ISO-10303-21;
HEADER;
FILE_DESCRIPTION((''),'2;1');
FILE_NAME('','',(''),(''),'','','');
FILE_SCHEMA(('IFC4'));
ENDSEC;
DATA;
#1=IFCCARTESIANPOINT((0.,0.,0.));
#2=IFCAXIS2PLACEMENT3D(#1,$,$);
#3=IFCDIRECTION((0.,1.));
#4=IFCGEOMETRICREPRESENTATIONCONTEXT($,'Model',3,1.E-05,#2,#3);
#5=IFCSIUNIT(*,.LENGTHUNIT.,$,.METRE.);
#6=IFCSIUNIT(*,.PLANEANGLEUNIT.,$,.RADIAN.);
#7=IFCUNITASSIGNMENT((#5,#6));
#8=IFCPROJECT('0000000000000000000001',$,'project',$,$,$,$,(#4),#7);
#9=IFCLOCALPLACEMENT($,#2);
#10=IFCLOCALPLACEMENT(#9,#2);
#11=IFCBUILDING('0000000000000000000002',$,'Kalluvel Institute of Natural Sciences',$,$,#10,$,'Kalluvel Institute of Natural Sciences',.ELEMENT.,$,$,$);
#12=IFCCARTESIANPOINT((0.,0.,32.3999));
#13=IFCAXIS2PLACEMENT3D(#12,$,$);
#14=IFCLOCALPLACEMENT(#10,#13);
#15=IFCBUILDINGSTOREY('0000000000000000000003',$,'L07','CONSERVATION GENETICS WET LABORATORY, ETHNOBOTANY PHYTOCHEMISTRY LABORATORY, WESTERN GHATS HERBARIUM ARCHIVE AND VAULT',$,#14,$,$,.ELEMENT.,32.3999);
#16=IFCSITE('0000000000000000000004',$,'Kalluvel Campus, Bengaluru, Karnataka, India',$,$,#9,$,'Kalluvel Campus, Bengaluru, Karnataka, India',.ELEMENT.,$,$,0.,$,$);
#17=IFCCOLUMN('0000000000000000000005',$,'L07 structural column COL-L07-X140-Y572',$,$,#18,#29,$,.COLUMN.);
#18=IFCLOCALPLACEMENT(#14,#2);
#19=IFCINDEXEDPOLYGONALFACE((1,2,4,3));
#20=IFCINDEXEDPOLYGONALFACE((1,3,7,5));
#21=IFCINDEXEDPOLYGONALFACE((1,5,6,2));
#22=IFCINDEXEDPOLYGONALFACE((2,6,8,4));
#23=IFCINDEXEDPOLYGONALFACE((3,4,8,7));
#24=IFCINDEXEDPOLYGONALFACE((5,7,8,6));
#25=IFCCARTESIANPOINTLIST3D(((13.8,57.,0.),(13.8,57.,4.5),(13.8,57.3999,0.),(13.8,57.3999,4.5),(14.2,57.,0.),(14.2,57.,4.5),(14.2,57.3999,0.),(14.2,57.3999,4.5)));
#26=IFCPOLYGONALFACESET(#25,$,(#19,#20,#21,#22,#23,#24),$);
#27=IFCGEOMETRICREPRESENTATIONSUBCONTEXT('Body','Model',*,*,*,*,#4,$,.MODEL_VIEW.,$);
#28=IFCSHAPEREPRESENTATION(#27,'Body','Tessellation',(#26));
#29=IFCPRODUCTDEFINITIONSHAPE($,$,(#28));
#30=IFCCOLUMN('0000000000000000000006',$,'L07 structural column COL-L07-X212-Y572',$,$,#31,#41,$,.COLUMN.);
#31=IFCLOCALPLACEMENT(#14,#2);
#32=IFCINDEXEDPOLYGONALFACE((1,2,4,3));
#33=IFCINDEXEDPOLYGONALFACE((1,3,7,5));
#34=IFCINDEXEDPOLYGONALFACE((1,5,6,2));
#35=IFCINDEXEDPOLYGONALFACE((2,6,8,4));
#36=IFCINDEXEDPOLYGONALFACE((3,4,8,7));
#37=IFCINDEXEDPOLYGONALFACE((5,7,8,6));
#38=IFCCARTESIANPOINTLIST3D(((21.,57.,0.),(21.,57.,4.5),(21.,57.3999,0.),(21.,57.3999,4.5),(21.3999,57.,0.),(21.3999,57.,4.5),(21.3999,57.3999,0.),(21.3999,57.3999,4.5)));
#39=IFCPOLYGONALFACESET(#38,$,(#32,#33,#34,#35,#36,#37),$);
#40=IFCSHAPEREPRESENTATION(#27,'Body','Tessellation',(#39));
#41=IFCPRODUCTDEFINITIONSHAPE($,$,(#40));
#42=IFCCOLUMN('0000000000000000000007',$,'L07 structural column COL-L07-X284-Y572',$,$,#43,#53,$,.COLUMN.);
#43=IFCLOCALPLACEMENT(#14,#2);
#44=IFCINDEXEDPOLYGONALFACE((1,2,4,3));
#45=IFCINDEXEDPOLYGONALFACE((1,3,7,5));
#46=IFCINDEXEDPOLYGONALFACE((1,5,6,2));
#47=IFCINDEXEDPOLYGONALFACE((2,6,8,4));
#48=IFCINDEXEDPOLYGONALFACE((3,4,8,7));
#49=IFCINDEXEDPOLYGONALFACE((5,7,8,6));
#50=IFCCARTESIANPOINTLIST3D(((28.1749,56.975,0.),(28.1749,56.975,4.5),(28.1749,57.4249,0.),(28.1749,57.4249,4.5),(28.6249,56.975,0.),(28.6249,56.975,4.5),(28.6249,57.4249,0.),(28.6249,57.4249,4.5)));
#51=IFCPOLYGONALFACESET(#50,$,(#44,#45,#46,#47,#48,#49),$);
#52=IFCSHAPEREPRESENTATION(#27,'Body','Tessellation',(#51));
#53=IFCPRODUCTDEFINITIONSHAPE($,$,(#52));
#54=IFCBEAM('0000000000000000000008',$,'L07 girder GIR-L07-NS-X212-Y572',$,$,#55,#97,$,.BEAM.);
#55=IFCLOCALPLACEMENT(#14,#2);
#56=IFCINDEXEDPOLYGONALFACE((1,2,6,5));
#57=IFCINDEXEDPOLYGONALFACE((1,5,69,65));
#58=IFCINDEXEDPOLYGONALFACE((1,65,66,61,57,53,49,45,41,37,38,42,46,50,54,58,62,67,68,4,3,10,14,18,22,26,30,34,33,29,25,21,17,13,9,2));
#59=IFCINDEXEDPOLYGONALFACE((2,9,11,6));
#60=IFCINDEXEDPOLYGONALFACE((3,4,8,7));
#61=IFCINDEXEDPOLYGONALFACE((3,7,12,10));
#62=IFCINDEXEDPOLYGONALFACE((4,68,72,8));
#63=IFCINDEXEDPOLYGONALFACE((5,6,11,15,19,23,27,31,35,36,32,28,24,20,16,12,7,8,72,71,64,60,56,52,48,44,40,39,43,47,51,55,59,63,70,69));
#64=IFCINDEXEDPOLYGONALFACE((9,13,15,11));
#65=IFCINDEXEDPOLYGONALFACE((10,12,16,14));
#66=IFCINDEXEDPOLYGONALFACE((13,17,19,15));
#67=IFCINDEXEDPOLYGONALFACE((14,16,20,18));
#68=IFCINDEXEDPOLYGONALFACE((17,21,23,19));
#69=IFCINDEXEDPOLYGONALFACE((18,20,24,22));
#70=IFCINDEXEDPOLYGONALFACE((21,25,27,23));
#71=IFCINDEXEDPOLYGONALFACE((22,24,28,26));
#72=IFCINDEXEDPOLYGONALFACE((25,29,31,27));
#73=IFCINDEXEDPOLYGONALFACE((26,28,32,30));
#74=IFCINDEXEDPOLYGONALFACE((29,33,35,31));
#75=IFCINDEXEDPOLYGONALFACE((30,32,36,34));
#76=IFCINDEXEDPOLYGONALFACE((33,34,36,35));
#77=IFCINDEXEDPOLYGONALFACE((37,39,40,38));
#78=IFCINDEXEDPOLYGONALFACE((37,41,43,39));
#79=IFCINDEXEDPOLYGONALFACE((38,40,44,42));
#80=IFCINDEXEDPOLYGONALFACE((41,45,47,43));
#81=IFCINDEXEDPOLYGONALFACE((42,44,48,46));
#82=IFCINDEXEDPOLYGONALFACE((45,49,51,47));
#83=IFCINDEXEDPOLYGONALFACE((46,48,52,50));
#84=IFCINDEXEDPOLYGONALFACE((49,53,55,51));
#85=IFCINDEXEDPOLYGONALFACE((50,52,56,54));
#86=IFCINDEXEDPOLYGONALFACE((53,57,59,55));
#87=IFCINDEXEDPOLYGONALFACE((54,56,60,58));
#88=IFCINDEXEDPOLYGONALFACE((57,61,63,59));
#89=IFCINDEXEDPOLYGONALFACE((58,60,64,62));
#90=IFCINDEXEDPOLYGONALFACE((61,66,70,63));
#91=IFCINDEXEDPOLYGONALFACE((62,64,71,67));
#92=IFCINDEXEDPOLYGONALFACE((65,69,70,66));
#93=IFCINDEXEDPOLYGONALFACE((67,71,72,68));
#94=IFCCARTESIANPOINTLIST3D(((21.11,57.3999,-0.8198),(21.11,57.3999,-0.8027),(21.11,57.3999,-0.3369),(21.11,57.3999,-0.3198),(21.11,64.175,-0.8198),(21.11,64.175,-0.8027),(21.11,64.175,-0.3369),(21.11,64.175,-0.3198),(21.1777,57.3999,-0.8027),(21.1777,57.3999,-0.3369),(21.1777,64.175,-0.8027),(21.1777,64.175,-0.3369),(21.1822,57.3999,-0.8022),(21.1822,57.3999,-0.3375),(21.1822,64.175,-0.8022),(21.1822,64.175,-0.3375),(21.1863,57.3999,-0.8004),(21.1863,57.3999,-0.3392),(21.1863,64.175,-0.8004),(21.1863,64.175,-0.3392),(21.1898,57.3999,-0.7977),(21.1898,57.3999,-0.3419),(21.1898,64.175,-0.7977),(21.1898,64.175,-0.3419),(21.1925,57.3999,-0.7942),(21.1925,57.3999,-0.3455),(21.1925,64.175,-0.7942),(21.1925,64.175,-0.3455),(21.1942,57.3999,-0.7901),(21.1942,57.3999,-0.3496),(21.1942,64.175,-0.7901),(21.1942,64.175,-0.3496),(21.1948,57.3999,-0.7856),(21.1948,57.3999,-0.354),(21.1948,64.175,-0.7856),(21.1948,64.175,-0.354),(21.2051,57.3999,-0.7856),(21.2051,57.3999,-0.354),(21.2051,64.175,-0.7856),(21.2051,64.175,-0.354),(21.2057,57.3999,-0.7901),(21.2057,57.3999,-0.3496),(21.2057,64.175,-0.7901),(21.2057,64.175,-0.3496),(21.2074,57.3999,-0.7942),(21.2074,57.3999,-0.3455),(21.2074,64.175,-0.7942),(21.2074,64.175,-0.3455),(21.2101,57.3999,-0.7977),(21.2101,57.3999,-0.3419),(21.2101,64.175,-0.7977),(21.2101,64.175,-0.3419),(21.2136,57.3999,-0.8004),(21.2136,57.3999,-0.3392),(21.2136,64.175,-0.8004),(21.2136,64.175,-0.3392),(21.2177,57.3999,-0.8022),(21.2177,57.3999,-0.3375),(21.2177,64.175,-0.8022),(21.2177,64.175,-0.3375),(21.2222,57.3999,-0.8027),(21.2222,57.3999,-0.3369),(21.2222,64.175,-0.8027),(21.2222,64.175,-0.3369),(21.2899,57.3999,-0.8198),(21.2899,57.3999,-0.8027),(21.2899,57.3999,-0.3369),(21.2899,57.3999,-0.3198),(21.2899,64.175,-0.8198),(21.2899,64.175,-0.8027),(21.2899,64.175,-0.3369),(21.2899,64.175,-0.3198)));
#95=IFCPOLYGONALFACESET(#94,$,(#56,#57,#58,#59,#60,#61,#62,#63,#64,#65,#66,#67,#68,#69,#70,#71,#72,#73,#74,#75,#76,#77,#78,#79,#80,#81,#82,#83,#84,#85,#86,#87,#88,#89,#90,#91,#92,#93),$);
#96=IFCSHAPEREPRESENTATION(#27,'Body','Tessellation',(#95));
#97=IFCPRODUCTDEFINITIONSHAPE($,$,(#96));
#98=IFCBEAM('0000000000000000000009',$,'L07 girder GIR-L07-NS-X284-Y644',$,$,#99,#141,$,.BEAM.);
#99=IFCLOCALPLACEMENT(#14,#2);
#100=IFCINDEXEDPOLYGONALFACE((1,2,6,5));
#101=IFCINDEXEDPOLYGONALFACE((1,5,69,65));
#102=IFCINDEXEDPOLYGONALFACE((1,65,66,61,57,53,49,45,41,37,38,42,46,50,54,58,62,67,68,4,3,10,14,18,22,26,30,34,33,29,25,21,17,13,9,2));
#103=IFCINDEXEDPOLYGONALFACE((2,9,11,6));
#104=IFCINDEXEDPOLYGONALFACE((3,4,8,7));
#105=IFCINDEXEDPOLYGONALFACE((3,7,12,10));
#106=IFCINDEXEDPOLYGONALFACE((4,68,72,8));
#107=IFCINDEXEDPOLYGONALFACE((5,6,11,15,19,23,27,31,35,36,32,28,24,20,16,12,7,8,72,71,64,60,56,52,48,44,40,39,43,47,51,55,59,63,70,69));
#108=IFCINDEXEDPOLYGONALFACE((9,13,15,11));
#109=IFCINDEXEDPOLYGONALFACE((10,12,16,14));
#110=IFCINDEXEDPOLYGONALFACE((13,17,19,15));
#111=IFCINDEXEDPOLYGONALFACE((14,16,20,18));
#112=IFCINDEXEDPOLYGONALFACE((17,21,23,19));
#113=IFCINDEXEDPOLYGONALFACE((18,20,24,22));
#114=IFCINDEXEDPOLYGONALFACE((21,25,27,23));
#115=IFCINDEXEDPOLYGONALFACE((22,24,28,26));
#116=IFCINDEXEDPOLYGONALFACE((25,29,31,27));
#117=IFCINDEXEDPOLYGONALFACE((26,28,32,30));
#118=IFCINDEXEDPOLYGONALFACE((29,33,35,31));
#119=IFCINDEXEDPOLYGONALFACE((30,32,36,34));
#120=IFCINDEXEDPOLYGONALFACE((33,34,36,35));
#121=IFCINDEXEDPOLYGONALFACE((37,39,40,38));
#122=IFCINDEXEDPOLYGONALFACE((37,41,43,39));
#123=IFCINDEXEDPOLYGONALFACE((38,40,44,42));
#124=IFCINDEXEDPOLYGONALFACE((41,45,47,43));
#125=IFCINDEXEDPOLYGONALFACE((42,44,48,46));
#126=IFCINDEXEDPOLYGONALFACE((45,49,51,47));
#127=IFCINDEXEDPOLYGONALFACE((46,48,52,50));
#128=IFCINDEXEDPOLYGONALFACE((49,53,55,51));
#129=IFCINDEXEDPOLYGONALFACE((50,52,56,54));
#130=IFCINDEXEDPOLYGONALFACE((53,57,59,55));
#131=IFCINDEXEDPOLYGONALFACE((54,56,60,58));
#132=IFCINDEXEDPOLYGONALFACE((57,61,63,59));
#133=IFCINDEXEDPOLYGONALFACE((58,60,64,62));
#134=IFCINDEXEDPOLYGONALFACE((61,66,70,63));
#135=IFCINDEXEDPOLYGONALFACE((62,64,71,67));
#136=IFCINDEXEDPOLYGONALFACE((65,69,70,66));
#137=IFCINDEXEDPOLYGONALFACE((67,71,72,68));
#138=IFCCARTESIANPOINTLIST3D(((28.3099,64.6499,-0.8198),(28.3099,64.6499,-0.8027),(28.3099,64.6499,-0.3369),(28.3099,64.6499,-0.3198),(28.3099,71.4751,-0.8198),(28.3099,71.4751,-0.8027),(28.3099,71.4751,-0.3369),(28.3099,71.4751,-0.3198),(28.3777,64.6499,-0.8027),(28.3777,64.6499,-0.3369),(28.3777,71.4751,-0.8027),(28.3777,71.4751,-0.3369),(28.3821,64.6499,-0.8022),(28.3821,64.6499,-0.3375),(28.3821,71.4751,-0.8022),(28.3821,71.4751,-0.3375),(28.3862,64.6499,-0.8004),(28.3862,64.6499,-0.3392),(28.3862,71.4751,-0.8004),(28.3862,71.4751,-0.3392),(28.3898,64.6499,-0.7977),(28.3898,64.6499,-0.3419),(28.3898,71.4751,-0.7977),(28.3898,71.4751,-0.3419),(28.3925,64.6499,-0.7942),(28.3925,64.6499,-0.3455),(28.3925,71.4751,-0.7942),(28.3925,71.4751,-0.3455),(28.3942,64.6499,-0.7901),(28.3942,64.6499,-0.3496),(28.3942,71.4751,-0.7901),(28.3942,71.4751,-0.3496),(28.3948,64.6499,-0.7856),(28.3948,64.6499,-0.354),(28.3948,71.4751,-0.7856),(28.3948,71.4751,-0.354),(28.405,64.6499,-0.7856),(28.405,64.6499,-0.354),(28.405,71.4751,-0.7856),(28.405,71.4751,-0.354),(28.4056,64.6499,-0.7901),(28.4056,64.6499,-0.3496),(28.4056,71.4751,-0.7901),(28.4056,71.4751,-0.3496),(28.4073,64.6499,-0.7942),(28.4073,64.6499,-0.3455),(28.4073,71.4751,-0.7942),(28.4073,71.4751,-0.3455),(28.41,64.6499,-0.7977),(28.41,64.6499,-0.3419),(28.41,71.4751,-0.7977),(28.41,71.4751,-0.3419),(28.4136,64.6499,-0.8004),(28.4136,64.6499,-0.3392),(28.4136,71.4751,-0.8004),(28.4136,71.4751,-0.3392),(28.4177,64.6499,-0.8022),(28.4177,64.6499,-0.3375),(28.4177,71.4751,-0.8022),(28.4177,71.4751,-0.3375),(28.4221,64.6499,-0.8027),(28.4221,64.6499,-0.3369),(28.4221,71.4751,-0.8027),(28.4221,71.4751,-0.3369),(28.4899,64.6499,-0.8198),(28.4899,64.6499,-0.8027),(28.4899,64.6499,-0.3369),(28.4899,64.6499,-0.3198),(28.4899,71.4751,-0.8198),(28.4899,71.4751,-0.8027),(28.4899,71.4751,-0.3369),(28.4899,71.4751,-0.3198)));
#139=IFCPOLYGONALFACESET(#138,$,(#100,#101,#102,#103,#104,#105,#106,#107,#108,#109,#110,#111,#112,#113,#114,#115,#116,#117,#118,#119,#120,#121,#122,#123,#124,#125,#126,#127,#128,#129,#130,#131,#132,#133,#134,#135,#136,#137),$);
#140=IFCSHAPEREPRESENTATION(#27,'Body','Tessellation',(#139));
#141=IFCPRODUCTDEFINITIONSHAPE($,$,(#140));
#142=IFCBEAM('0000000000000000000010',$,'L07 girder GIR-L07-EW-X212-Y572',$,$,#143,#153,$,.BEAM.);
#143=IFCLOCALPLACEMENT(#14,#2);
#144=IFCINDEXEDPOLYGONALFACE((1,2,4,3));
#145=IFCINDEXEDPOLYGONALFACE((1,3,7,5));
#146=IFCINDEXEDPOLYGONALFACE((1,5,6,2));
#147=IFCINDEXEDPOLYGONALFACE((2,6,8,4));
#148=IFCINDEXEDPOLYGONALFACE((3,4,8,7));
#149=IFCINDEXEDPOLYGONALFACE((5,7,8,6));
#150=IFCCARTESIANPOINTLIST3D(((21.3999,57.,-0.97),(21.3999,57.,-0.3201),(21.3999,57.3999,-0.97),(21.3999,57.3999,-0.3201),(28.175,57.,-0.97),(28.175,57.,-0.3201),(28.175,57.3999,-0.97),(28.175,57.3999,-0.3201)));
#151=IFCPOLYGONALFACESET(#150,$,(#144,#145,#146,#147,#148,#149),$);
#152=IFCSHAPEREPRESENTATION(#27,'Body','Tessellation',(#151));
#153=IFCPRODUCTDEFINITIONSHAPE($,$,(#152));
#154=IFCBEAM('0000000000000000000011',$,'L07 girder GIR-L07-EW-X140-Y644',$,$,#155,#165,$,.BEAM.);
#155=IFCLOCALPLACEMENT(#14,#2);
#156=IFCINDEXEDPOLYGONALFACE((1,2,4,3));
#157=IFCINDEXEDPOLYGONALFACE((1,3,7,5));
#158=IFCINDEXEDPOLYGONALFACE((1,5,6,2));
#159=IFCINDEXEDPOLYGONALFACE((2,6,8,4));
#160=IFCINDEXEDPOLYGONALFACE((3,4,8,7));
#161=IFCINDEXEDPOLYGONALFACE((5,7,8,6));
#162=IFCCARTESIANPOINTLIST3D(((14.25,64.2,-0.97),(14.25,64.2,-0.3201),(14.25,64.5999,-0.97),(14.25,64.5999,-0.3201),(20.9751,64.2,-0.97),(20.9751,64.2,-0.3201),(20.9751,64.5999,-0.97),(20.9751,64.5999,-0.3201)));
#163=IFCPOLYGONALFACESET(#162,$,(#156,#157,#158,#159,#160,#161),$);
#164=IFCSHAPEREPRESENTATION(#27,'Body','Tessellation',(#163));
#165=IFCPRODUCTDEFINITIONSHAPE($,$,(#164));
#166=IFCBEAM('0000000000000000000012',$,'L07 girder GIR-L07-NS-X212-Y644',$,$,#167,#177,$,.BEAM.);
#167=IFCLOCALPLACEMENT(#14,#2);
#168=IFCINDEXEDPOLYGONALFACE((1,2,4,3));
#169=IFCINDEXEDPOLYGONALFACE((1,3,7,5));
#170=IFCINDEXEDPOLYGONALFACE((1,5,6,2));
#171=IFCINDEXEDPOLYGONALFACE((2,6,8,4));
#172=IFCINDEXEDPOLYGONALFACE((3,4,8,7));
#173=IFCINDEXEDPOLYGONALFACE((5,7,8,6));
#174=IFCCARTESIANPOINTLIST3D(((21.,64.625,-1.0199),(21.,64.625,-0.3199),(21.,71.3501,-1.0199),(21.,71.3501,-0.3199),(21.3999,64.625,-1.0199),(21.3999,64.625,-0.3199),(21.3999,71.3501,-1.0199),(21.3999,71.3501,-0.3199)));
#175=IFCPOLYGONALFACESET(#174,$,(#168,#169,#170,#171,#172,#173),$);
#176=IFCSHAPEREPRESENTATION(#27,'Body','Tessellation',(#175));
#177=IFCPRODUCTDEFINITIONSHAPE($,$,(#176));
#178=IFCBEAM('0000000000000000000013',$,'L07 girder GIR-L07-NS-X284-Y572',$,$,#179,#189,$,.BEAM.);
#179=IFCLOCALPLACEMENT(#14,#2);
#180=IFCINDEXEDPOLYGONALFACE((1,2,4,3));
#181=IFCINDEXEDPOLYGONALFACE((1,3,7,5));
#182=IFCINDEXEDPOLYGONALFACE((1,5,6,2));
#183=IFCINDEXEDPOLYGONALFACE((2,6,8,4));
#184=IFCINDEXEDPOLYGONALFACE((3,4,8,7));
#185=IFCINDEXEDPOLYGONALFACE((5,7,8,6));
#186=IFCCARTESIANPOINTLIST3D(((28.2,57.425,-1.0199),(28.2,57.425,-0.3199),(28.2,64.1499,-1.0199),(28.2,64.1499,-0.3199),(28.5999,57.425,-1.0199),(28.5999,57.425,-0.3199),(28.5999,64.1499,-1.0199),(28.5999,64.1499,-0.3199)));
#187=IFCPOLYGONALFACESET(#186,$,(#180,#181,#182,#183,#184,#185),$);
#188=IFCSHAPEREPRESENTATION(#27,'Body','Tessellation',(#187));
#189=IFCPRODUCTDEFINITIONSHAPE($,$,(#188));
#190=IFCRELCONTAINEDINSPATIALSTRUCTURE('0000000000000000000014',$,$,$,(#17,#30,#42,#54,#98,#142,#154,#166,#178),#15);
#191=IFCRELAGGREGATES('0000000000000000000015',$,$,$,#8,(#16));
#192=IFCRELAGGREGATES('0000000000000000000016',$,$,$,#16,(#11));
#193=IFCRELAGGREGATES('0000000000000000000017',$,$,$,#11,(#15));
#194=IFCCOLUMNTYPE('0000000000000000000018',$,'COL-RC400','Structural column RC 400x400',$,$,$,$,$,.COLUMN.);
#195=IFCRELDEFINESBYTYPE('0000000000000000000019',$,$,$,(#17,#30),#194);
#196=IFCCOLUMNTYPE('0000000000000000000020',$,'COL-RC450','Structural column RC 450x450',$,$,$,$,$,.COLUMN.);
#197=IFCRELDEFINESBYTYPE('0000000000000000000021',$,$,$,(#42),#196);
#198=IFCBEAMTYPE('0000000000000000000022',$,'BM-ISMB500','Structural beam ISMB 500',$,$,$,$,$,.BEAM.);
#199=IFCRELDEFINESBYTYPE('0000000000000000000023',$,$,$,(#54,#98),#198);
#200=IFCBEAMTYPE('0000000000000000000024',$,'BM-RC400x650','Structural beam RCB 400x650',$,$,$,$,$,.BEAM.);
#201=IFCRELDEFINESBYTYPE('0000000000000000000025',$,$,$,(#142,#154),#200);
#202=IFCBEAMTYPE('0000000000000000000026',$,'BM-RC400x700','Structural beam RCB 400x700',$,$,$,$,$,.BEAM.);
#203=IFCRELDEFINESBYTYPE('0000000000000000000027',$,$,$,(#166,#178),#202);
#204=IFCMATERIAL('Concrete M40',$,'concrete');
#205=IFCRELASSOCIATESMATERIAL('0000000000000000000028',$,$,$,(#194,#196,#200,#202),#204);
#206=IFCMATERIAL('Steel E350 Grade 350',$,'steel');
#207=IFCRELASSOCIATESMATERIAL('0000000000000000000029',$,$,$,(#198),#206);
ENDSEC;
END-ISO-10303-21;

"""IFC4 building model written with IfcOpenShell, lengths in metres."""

from ifc_helpers import new_model, si_unit, direction, frame, origin, origin_2d, place, context, subcontext, project, spatial, rectangle, i_section, extrude, material, material_profile, profile_set, type_object, element, save


model = new_model("IFC4")

# Units and contexts
model_context = context("Model", 3, precision=1e-05, world=origin(), true_north=direction((0.0, 1.0)))
body_context = subcontext(model_context, "Body", "Model", "MODEL_VIEW")
ifc_project = project(units=[si_unit("LENGTHUNIT", "METRE"), si_unit("PLANEANGLEUNIT", "RADIAN")], contexts=[model_context])

# Site, building, storey
site_placement = place(None, origin())
site = spatial("IfcSite", under=ifc_project, at=site_placement, Name="Kalluvel Campus, Bengaluru, Karnataka, India", LongName="Kalluvel Campus, Bengaluru, Karnataka, India", CompositionType="ELEMENT", RefElevation=0.0)
building_placement = place(site_placement, origin())
building = spatial("IfcBuilding", under=site, at=building_placement, Name="Kalluvel Institute of Natural Sciences", LongName="Kalluvel Institute of Natural Sciences", CompositionType="ELEMENT")
storey_placement = place(building_placement, frame((0.0, 0.0, 32.3999)))
storey = spatial("IfcBuildingStorey", under=building, at=storey_placement, Name="L07", Description="CONSERVATION GENETICS WET LABORATORY, ETHNOBOTANY PHYTOCHEMISTRY LABORATORY, WESTERN GHATS HERBARIUM ARCHIVE AND VAULT", CompositionType="ELEMENT", Elevation=32.3999)

# Columns
ifc_material_1 = material(Name="Concrete M40", Category="concrete")
ifc_material_profile_1 = material_profile(ifc_material_1, rectangle(XDim=0.3999, YDim=0.3999, at=origin_2d()), Name="RC 400x400")
ifc_profile_set_1 = profile_set([ifc_material_profile_1], Name="Concrete M40")
column_type_1 = type_object("IfcColumnType", Name="COL-RC400", Description="Structural column RC 400x400", PredefinedType="COLUMN", material=ifc_profile_set_1)
for number, where, z_axis, x_axis, name in (
    (1, (14.0, 57.2, 0.0), (0.0, 0.0, 1.0), (1.0, 0.0, 0.0), "L07 structural column COL-L07-X140-Y572"),
    (2, (21.2, 57.2, 0.0), (0.0, 0.0, 1.0), (1.0, 0.0, 0.0), "L07 structural column COL-L07-X212-Y572"),
):
    element("IfcColumn", number, at=place(storey_placement, frame(where, z_axis=z_axis, x_axis=x_axis)), inside=storey, type_object=column_type_1, Name=name, PredefinedType="COLUMN", context=body_context, shape_type="SweptSolid", body=[
        extrude(rectangle(XDim=0.3999, YDim=0.3999, at=origin_2d()), origin(), (0.0, 0.0, 1.0), 4.5),
    ])
ifc_material_profile_2 = material_profile(ifc_material_1, rectangle(XDim=0.45, YDim=0.45, at=origin_2d()), Name="RC 450x450")
ifc_profile_set_2 = profile_set([ifc_material_profile_2], Name="Concrete M40")
column_type_2 = type_object("IfcColumnType", Name="COL-RC450", Description="Structural column RC 450x450", PredefinedType="COLUMN", material=ifc_profile_set_2)
column_placement = place(storey_placement, frame((28.3999, 57.2, 0.0), z_axis=(0.0, 0.0, 1.0), x_axis=(1.0, 0.0, 0.0)))
element("IfcColumn", 3, at=column_placement, inside=storey, type_object=column_type_2, Name="L07 structural column COL-L07-X284-Y572", PredefinedType="COLUMN", context=body_context, shape_type="SweptSolid", body=[
    extrude(rectangle(XDim=0.45, YDim=0.45, at=origin_2d()), origin(), (0.0, 0.0, 1.0), 4.5),
])

# Beams
ifc_material_2 = material(Name="Steel E350 Grade 350", Category="steel")
ifc_material_profile_3 = material_profile(ifc_material_2, i_section(OverallWidth=0.1799, OverallDepth=0.5, WebThickness=0.0103, FlangeThickness=0.0171, FilletRadius=0.0171, at=origin_2d()), Name="ISMB 500")
ifc_profile_set_3 = profile_set([ifc_material_profile_3], Name="Steel E350 Grade 350")
beam_type_1 = type_object("IfcBeamType", Name="BM-ISMB500", Description="Structural beam ISMB 500", PredefinedType="BEAM", material=ifc_profile_set_3)
beam_1_placement = place(storey_placement, frame((21.2, 57.3999, -0.5698), z_axis=(0.0, 1.0, 0.0), x_axis=(-1.0, 0.0, 0.0)))
element("IfcBeam", 4, at=beam_1_placement, inside=storey, type_object=beam_type_1, Name="L07 girder GIR-L07-NS-X212-Y572", PredefinedType="BEAM", context=body_context, shape_type="SweptSolid", body=[
    extrude(i_section(OverallWidth=0.1799, OverallDepth=0.5, WebThickness=0.0103, FlangeThickness=0.0171, FilletRadius=0.0171, at=origin_2d()), origin(), (0.0, 0.0, 1.0), 6.7751),
])
beam_2_placement = place(storey_placement, frame((28.3999, 64.6499, -0.5698), z_axis=(0.0, 1.0, 0.0), x_axis=(-1.0, 0.0, 0.0)))
element("IfcBeam", 5, at=beam_2_placement, inside=storey, type_object=beam_type_1, Name="L07 girder GIR-L07-NS-X284-Y644", PredefinedType="BEAM", context=body_context, shape_type="SweptSolid", body=[
    extrude(i_section(OverallWidth=0.1799, OverallDepth=0.5, WebThickness=0.0103, FlangeThickness=0.0171, FilletRadius=0.0171, at=origin_2d()), origin(), (0.0, 0.0, 1.0), 6.8252),
])
ifc_material_profile_4 = material_profile(ifc_material_1, rectangle(XDim=0.3999, YDim=0.6499, at=origin_2d()), Name="RCB 400x650")
ifc_profile_set_4 = profile_set([ifc_material_profile_4], Name="Concrete M40")
beam_type_2 = type_object("IfcBeamType", Name="BM-RC400x650", Description="Structural beam RCB 400x650", PredefinedType="BEAM", material=ifc_profile_set_4)
beam_3_placement = place(storey_placement, frame((21.3999, 57.2, -0.645), z_axis=(1.0, 0.0, 0.0), x_axis=(0.0, 1.0, 0.0)))
element("IfcBeam", 6, at=beam_3_placement, inside=storey, type_object=beam_type_2, Name="L07 girder GIR-L07-EW-X212-Y572", PredefinedType="BEAM", context=body_context, shape_type="SweptSolid", body=[
    extrude(rectangle(XDim=0.3999, YDim=0.6499, at=origin_2d()), origin(), (0.0, 0.0, 1.0), 6.7751),
])
beam_4_placement = place(storey_placement, frame((14.25, 64.3999, -0.645), z_axis=(1.0, 0.0, 0.0), x_axis=(0.0, 1.0, 0.0)))
element("IfcBeam", 7, at=beam_4_placement, inside=storey, type_object=beam_type_2, Name="L07 girder GIR-L07-EW-X140-Y644", PredefinedType="BEAM", context=body_context, shape_type="SweptSolid", body=[
    extrude(rectangle(XDim=0.3999, YDim=0.6499, at=origin_2d()), origin(), (0.0, 0.0, 1.0), 6.7251),
])
ifc_material_profile_5 = material_profile(ifc_material_1, rectangle(XDim=0.3999, YDim=0.7, at=origin_2d()), Name="RCB 400x700")
ifc_profile_set_5 = profile_set([ifc_material_profile_5], Name="Concrete M40")
beam_type_3 = type_object("IfcBeamType", Name="BM-RC400x700", Description="Structural beam RCB 400x700", PredefinedType="BEAM", material=ifc_profile_set_5)
beam_5_placement = place(storey_placement, frame((21.2, 64.625, -0.6699), z_axis=(0.0, 1.0, 0.0), x_axis=(-1.0, 0.0, 0.0)))
element("IfcBeam", 8, at=beam_5_placement, inside=storey, type_object=beam_type_3, Name="L07 girder GIR-L07-NS-X212-Y644", PredefinedType="BEAM", context=body_context, shape_type="SweptSolid", body=[
    extrude(rectangle(XDim=0.3999, YDim=0.7, at=origin_2d()), origin(), (0.0, 0.0, 1.0), 6.7251),
])
beam_6_placement = place(storey_placement, frame((28.3999, 57.425, -0.6699), z_axis=(0.0, 1.0, 0.0), x_axis=(-1.0, 0.0, 0.0)))
element("IfcBeam", 9, at=beam_6_placement, inside=storey, type_object=beam_type_3, Name="L07 girder GIR-L07-NS-X284-Y572", PredefinedType="BEAM", context=body_context, shape_type="SweptSolid", body=[
    extrude(rectangle(XDim=0.3999, YDim=0.7, at=origin_2d()), origin(), (0.0, 0.0, 1.0), 6.7249),
])

save(model, "model.ifc")
